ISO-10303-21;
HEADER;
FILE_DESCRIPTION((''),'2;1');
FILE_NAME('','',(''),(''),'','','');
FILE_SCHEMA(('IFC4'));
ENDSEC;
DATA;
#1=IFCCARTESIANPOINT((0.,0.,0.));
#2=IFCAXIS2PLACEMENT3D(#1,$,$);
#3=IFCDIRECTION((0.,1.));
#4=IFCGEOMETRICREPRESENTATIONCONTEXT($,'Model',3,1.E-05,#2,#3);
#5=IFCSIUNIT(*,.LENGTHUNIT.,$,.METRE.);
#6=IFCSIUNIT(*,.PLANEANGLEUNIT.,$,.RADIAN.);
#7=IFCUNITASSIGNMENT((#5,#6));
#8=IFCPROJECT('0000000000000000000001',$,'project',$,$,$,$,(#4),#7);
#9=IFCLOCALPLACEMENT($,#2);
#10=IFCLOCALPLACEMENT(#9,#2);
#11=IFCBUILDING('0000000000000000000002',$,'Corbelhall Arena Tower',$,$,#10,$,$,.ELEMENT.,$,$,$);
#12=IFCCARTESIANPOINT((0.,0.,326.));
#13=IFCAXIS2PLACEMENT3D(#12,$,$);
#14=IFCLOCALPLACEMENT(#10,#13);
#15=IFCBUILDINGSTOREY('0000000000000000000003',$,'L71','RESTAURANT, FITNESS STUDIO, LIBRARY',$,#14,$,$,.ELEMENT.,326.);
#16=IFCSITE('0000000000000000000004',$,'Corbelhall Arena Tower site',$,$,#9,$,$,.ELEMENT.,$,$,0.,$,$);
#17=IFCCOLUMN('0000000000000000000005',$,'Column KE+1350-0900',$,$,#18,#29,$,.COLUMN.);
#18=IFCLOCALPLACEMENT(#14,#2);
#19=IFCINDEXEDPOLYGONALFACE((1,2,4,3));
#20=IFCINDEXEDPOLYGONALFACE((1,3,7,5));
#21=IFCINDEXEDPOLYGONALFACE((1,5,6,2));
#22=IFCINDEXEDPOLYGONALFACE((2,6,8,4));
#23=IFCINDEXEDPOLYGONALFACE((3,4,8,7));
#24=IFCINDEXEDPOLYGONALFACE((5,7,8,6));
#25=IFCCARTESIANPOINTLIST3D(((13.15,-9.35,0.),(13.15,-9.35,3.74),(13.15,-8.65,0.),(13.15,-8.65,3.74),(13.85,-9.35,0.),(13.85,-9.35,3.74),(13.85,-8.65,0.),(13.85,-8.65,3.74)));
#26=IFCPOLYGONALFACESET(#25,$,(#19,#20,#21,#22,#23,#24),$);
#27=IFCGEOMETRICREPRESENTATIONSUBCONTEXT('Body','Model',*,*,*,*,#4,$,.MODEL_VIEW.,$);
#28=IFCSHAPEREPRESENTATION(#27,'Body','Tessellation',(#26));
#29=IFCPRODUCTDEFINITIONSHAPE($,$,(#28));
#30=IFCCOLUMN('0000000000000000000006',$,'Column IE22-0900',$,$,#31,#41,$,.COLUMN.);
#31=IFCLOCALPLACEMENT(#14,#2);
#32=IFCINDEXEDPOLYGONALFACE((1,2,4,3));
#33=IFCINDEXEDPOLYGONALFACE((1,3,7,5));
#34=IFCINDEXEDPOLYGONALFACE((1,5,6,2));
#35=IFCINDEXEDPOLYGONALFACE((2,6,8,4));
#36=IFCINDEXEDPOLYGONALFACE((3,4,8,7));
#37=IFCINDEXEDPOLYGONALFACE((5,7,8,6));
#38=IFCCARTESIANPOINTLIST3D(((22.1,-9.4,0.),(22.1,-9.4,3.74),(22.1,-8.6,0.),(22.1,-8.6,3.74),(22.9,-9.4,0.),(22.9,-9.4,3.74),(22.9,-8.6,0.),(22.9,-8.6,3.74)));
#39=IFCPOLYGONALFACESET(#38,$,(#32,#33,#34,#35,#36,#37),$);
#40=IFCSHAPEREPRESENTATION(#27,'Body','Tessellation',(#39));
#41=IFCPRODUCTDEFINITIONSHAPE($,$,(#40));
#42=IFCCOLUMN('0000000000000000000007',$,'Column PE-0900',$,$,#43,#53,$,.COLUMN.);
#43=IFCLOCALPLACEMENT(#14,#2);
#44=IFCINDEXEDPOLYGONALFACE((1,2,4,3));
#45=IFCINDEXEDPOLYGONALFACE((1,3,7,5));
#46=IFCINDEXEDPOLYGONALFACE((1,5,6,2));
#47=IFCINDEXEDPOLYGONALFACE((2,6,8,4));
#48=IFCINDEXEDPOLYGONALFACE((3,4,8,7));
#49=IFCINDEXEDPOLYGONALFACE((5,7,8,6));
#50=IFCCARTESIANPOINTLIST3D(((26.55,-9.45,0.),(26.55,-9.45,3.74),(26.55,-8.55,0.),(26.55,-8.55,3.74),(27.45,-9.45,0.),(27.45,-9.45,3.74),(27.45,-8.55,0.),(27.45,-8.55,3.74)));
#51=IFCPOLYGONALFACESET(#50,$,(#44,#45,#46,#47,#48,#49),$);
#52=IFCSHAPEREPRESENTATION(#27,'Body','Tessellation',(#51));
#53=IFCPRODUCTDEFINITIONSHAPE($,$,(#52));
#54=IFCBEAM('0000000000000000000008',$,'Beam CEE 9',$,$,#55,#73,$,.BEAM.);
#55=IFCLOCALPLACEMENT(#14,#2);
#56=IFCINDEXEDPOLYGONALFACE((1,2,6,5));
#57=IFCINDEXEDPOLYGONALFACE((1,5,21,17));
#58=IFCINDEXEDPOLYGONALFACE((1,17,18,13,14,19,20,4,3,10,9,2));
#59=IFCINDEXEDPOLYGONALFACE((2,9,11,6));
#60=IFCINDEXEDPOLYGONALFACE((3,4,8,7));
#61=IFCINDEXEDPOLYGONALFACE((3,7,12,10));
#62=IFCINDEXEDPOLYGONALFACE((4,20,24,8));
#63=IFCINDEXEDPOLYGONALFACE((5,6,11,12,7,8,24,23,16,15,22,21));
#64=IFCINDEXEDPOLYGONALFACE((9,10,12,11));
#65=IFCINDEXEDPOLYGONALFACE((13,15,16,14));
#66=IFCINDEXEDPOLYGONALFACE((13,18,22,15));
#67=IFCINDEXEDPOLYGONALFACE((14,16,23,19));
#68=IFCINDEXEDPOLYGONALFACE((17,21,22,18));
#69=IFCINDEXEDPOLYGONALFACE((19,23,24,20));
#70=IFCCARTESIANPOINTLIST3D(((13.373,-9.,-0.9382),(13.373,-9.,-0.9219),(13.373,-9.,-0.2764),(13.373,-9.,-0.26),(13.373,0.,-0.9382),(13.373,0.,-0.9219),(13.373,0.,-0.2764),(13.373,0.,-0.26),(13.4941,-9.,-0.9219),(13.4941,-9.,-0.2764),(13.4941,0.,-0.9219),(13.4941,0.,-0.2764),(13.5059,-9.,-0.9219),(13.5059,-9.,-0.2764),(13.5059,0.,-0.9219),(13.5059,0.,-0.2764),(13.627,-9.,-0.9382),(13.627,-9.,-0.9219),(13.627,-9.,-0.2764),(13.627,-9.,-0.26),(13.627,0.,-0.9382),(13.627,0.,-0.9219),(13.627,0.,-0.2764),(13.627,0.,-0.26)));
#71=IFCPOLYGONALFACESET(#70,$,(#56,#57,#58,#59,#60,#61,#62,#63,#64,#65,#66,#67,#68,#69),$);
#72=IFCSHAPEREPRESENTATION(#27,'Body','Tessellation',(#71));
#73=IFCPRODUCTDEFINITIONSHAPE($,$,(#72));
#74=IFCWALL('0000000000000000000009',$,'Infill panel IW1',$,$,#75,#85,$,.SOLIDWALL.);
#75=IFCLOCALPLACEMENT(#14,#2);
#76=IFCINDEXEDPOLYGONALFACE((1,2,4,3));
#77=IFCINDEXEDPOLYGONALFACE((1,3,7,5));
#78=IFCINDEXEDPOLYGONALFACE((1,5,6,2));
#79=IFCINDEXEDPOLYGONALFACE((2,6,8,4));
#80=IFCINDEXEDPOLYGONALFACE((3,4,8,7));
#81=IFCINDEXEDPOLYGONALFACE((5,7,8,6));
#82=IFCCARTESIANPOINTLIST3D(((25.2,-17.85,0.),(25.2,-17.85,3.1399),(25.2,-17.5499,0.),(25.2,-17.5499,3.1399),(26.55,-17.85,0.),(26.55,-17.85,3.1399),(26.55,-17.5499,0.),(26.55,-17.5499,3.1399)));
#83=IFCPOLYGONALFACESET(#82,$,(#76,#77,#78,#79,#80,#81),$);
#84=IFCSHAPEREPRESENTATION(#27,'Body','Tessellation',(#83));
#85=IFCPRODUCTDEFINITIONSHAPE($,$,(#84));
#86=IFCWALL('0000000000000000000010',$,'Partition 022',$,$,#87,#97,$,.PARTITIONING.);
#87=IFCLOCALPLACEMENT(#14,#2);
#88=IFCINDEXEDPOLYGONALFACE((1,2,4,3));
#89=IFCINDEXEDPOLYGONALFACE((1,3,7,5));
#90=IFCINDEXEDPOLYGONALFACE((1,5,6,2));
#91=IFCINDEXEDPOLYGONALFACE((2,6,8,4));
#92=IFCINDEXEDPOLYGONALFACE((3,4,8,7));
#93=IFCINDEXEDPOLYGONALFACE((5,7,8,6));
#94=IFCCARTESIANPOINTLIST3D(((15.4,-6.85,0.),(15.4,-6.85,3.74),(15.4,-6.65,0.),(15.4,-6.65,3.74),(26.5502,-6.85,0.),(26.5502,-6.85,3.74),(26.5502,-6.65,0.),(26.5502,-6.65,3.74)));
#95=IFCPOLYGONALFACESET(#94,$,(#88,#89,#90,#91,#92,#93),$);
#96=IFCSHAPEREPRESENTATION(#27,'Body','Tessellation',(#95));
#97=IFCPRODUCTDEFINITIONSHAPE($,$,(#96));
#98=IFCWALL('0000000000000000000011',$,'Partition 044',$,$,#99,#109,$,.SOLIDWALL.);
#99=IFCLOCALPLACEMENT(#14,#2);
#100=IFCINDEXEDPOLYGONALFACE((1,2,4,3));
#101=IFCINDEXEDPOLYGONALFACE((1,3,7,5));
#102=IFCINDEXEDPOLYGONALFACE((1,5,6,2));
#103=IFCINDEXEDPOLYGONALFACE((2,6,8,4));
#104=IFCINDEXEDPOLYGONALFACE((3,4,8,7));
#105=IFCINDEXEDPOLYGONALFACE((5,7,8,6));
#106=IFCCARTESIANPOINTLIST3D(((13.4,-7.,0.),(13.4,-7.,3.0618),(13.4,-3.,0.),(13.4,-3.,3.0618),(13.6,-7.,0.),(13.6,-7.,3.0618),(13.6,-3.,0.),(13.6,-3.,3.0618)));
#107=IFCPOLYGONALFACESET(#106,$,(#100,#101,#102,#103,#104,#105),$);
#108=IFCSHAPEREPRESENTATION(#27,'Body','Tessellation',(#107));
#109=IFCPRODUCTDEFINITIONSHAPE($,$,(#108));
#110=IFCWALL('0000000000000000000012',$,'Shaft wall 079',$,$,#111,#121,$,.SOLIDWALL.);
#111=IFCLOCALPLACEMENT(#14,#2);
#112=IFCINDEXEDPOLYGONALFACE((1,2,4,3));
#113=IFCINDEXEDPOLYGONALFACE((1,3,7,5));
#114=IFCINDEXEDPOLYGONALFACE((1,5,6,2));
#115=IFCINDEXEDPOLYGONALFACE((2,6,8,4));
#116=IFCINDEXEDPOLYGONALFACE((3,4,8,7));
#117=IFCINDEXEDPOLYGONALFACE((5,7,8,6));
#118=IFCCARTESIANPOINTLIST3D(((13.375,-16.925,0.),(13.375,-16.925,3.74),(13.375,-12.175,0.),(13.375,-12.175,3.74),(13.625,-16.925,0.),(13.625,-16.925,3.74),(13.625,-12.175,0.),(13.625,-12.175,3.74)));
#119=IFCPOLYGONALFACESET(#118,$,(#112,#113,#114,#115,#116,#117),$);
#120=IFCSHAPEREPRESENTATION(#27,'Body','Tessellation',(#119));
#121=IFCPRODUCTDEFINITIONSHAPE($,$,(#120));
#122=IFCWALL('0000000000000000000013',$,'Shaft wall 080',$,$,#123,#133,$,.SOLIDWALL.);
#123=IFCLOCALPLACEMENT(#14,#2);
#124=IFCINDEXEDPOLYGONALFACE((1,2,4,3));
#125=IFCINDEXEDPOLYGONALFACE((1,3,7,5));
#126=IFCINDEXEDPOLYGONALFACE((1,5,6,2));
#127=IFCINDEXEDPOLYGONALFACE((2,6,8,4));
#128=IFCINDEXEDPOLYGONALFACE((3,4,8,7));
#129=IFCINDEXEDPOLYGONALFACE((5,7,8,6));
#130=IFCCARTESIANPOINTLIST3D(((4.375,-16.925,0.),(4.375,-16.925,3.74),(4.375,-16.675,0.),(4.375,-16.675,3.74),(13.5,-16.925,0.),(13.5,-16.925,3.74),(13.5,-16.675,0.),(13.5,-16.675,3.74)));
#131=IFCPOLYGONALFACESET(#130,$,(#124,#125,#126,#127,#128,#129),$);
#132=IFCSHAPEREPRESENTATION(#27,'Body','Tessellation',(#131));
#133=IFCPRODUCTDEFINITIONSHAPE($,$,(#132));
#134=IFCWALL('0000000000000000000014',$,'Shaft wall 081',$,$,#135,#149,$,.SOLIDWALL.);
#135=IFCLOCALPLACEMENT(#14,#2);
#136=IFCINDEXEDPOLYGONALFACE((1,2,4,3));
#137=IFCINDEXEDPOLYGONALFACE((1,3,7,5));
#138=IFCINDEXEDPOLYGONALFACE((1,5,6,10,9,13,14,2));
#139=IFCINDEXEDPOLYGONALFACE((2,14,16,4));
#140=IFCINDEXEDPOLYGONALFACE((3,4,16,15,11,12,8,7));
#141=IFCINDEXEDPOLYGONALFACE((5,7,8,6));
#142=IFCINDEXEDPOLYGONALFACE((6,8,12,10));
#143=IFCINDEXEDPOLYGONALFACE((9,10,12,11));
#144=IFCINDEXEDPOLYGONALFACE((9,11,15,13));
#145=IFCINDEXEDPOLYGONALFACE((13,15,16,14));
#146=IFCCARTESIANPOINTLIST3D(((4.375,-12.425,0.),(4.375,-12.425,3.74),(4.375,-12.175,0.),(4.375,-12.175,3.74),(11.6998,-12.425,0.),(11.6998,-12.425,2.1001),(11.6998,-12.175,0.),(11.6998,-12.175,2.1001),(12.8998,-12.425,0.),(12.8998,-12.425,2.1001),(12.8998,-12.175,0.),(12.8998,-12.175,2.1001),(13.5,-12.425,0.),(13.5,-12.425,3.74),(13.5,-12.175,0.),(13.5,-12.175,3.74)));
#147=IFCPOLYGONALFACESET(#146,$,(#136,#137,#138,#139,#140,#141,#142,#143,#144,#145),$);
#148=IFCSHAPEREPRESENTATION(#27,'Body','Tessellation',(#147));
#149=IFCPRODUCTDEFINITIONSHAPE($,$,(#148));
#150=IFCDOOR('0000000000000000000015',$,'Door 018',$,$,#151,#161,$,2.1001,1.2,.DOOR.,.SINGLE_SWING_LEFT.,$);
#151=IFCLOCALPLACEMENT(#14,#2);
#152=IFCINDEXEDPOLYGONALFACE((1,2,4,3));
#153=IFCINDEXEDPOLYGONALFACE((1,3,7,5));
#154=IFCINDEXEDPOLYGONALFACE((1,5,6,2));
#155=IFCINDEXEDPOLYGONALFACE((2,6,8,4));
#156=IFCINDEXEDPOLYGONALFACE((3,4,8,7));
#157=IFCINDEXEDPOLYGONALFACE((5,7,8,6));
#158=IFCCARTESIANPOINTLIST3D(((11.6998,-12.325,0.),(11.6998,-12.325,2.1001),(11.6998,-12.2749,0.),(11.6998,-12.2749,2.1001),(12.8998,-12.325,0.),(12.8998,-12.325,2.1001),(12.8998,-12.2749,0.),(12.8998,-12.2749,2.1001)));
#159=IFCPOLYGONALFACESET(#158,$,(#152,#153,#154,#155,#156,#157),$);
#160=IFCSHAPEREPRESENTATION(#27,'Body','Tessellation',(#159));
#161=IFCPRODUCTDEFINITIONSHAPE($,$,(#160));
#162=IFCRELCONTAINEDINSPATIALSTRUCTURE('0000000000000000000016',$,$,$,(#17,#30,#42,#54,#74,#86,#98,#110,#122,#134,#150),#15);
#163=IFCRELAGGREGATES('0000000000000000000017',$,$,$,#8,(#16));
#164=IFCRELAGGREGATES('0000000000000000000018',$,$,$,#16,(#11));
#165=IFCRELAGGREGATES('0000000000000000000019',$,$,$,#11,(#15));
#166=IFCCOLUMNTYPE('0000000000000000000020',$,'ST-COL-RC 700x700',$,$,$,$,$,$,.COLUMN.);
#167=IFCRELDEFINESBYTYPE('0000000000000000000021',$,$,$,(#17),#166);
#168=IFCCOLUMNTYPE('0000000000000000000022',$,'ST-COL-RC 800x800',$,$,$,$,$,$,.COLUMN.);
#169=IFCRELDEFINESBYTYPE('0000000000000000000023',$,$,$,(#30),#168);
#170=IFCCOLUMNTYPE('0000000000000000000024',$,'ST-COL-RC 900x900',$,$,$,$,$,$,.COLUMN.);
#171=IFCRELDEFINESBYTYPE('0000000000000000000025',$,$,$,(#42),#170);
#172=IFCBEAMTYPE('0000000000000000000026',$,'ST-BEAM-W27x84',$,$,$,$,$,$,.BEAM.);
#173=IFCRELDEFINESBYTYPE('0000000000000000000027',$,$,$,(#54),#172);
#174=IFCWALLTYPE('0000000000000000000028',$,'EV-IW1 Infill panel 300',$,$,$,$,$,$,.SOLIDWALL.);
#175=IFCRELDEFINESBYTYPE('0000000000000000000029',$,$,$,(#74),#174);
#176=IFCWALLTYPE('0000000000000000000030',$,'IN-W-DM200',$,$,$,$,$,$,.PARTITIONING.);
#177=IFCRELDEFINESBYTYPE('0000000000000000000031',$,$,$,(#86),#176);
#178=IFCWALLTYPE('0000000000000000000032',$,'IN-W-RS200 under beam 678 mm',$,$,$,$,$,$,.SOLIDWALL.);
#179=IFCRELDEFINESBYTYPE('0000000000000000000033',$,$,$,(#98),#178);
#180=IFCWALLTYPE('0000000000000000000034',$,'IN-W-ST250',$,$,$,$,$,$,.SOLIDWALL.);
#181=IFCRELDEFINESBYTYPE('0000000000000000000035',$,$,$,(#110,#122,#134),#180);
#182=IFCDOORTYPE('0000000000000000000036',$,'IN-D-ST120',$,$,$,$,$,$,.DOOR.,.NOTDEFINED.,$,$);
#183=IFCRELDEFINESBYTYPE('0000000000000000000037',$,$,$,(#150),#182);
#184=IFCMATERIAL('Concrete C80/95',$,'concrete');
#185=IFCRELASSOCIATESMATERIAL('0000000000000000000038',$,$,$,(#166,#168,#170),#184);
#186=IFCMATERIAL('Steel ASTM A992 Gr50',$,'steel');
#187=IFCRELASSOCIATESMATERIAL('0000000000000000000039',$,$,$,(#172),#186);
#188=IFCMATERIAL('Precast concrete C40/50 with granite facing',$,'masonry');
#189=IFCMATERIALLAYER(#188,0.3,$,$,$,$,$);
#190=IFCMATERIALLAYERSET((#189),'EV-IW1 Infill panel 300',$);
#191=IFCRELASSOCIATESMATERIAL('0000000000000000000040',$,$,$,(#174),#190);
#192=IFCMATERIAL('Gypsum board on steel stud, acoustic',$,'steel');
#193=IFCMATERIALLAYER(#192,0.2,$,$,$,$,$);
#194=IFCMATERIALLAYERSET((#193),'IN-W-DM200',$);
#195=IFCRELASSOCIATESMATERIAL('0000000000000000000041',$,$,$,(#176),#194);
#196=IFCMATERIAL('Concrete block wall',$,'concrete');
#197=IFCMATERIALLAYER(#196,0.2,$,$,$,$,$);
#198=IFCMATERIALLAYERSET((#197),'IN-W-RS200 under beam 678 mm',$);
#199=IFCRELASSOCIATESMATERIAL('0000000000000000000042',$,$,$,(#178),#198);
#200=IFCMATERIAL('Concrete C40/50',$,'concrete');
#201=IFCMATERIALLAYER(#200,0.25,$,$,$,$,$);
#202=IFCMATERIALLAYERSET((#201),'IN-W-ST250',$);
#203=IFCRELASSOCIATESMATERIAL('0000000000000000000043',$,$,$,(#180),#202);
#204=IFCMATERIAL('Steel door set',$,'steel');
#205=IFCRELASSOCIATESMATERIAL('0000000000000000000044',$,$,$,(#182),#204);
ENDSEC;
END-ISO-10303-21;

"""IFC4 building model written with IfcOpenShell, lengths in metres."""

from ifc_helpers import new_model, si_unit, direction, frame, frame_2d, origin, origin_2d, place, context, subcontext, project, spatial, rectangle, i_section, extrude, material, layer, layer_set, material_profile, profile_set, type_object, element, fill, save


model = new_model("IFC4")

# Units and contexts
model_context = context("Model", 3, precision=1e-05, world=origin(), true_north=direction((0.0, 1.0)))
body_context = subcontext(model_context, "Body", "Model", "MODEL_VIEW")
ifc_project = project(units=[si_unit("LENGTHUNIT", "METRE"), si_unit("PLANEANGLEUNIT", "RADIAN")], contexts=[model_context])

# Site, building, storey
site_placement = place(None, origin())
site = spatial("IfcSite", under=ifc_project, at=site_placement, Name="Corbelhall Arena Tower site", CompositionType="ELEMENT", RefElevation=0.0)
building_placement = place(site_placement, origin())
building = spatial("IfcBuilding", under=site, at=building_placement, Name="Corbelhall Arena Tower", CompositionType="ELEMENT")
storey_placement = place(building_placement, frame((0.0, 0.0, 326.0)))
storey = spatial("IfcBuildingStorey", under=building, at=storey_placement, Name="L71", Description="RESTAURANT, FITNESS STUDIO, LIBRARY", CompositionType="ELEMENT", Elevation=326.0)

# Columns
ifc_material_1 = material(Name="Concrete C80/95", Category="concrete")
ifc_material_profile_1 = material_profile(ifc_material_1, rectangle(XDim=0.7, YDim=0.7, at=origin_2d()))
ifc_profile_set_1 = profile_set([ifc_material_profile_1], Name="Concrete C80/95")
column_type_1 = type_object("IfcColumnType", Name="ST-COL-RC 700x700", PredefinedType="COLUMN", material=ifc_profile_set_1)
column_1_placement = place(storey_placement, frame((13.5, -9.0, 0.0), z_axis=(0.0, 0.0, 1.0), x_axis=(1.0, 0.0, 0.0)))
element("IfcColumn", 1, at=column_1_placement, inside=storey, type_object=column_type_1, Name="Column KE+1350-0900", PredefinedType="COLUMN", context=body_context, shape_type="SweptSolid", body=[
    extrude(rectangle(XDim=0.7, YDim=0.7, at=origin_2d()), origin(), (0.0, 0.0, 1.0), 3.74),
])
ifc_material_profile_2 = material_profile(ifc_material_1, rectangle(XDim=0.8, YDim=0.8, at=origin_2d()))
ifc_profile_set_2 = profile_set([ifc_material_profile_2], Name="Concrete C80/95")
column_type_2 = type_object("IfcColumnType", Name="ST-COL-RC 800x800", PredefinedType="COLUMN", material=ifc_profile_set_2)
column_2_placement = place(storey_placement, frame((22.5, -9.0, 0.0), z_axis=(0.0, 0.0, 1.0), x_axis=(1.0, 0.0, 0.0)))
element("IfcColumn", 2, at=column_2_placement, inside=storey, type_object=column_type_2, Name="Column IE22-0900", PredefinedType="COLUMN", context=body_context, shape_type="SweptSolid", body=[
    extrude(rectangle(XDim=0.8, YDim=0.8, at=origin_2d()), origin(), (0.0, 0.0, 1.0), 3.74),
])
ifc_material_profile_3 = material_profile(ifc_material_1, rectangle(XDim=0.8999, YDim=0.8999, at=origin_2d()))
ifc_profile_set_3 = profile_set([ifc_material_profile_3], Name="Concrete C80/95")
column_type_3 = type_object("IfcColumnType", Name="ST-COL-RC 900x900", PredefinedType="COLUMN", material=ifc_profile_set_3)
column_3_placement = place(storey_placement, frame((27.0, -9.0, 0.0), z_axis=(0.0, 0.0, 1.0), x_axis=(0.0, 1.0, 0.0)))
element("IfcColumn", 3, at=column_3_placement, inside=storey, type_object=column_type_3, Name="Column PE-0900", PredefinedType="COLUMN", context=body_context, shape_type="SweptSolid", body=[
    extrude(rectangle(XDim=0.8999, YDim=0.8999, at=origin_2d()), origin(), (0.0, 0.0, 1.0), 3.74),
])

# Beam
ifc_material_2 = material(Name="Steel ASTM A992 Gr50", Category="steel")
ifc_material_profile_4 = material_profile(ifc_material_2, i_section(OverallWidth=0.2539, OverallDepth=0.6782, WebThickness=0.0117, FlangeThickness=0.0164, at=origin_2d()))
ifc_profile_set_4 = profile_set([ifc_material_profile_4], Name="Steel ASTM A992 Gr50")
beam_type = type_object("IfcBeamType", Name="ST-BEAM-W27x84", PredefinedType="BEAM", material=ifc_profile_set_4)
beam_placement = place(storey_placement, frame((13.5, -9.0, -0.5991), z_axis=(0.0, 1.0, 0.0), x_axis=(-1.0, 0.0, 0.0)))
element("IfcBeam", 4, at=beam_placement, inside=storey, type_object=beam_type, Name="Beam CEE 9", PredefinedType="BEAM", context=body_context, shape_type="SweptSolid", body=[
    extrude(i_section(OverallWidth=0.2539, OverallDepth=0.6782, WebThickness=0.0117, FlangeThickness=0.0164, at=origin_2d()), origin(), (0.0, 0.0, 1.0), 9.0),
])

# Wall
ifc_material_3 = material(Name="Precast concrete C40/50 with granite facing", Category="masonry")
ifc_layer_1 = layer(ifc_material_3, 0.3)
ifc_layer_set_1 = layer_set([ifc_layer_1], Name="EV-IW1 Infill panel 300")
wall_type_1 = type_object("IfcWallType", Name="EV-IW1 Infill panel 300", PredefinedType="SOLIDWALL", material=ifc_layer_set_1)
wall_1_placement = place(storey_placement, frame((25.2, -17.7, 0.0), z_axis=(0.0, 0.0, 1.0), x_axis=(1.0, 0.0, 0.0)))
element("IfcWall", 5, at=wall_1_placement, inside=storey, type_object=wall_type_1, Name="Infill panel IW1", PredefinedType="SOLIDWALL", context=body_context, shape_type="SweptSolid", body=[
    extrude(rectangle(XDim=1.3501, YDim=0.3, at=frame_2d((0.675, 0.0))), origin(), (0.0, 0.0, 1.0), 3.1399),
])

# Wall
ifc_material_4 = material(Name="Gypsum board on steel stud, acoustic", Category="steel")
ifc_layer_2 = layer(ifc_material_4, 0.2)
ifc_layer_set_2 = layer_set([ifc_layer_2], Name="IN-W-DM200")
wall_type_2 = type_object("IfcWallType", Name="IN-W-DM200", PredefinedType="PARTITIONING", material=ifc_layer_set_2)
wall_2_placement = place(storey_placement, frame((15.3999, -6.75, 0.0), z_axis=(0.0, 0.0, 1.0), x_axis=(1.0, 0.0, 0.0)))
element("IfcWall", 6, at=wall_2_placement, inside=storey, type_object=wall_type_2, Name="Partition 022", PredefinedType="PARTITIONING", context=body_context, shape_type="SweptSolid", body=[
    extrude(rectangle(XDim=11.1501, YDim=0.2, at=frame_2d((5.5752, 0.0))), origin(), (0.0, 0.0, 1.0), 3.74),
])

# Shared definitions
ifc_material_5 = material(Name="Steel door set", Category="steel")

# Walls
ifc_material_6 = material(Name="Concrete block wall", Category="concrete")
ifc_layer_3 = layer(ifc_material_6, 0.2)
ifc_layer_set_3 = layer_set([ifc_layer_3], Name="IN-W-RS200 under beam 678 mm")
wall_type_3 = type_object("IfcWallType", Name="IN-W-RS200 under beam 678 mm", PredefinedType="SOLIDWALL", material=ifc_layer_set_3)
wall_3_placement = place(storey_placement, frame((13.5, -3.0, 0.0), z_axis=(0.0, 0.0, 1.0), x_axis=(0.0, -1.0, 0.0)))
element("IfcWall", 7, at=wall_3_placement, inside=storey, type_object=wall_type_3, Name="Partition 044", PredefinedType="SOLIDWALL", context=body_context, shape_type="SweptSolid", body=[
    extrude(rectangle(XDim=4.0, YDim=0.2, at=frame_2d((2.0, 0.0))), origin(), (0.0, 0.0, 1.0), 3.0618),
])
ifc_material_7 = material(Name="Concrete C40/50", Category="concrete")
ifc_layer_4 = layer(ifc_material_7, 0.25)
ifc_layer_set_4 = layer_set([ifc_layer_4], Name="IN-W-ST250")
wall_type_4 = type_object("IfcWallType", Name="IN-W-ST250", PredefinedType="SOLIDWALL", material=ifc_layer_set_4)
wall_4_placement = place(storey_placement, frame((13.5, -16.925, 0.0), z_axis=(0.0, 0.0, 1.0), x_axis=(0.0, 1.0, 0.0)))
element("IfcWall", 8, at=wall_4_placement, inside=storey, type_object=wall_type_4, Name="Shaft wall 079", PredefinedType="SOLIDWALL", context=body_context, shape_type="SweptSolid", body=[
    extrude(rectangle(XDim=4.75, YDim=0.25, at=frame_2d((2.375, 0.0))), origin(), (0.0, 0.0, 1.0), 3.74),
])
wall_5_placement = place(storey_placement, frame((13.5, -16.8, 0.0), z_axis=(0.0, 0.0, 1.0), x_axis=(-1.0, 0.0, 0.0)))
element("IfcWall", 9, at=wall_5_placement, inside=storey, type_object=wall_type_4, Name="Shaft wall 080", PredefinedType="SOLIDWALL", context=body_context, shape_type="SweptSolid", body=[
    extrude(rectangle(XDim=9.125, YDim=0.25, at=frame_2d((4.5625, 0.0))), origin(), (0.0, 0.0, 1.0), 3.74),
])

# Wall, opening, door
wall_6_placement = place(storey_placement, frame((13.5, -12.3, 0.0), z_axis=(0.0, 0.0, 1.0), x_axis=(-1.0, 0.0, 0.0)))
wall_6 = element("IfcWall", 10, at=wall_6_placement, inside=storey, type_object=wall_type_4, Name="Shaft wall 081", PredefinedType="SOLIDWALL", context=body_context, shape_type="SweptSolid", body=[
    extrude(rectangle(XDim=9.125, YDim=0.25, at=frame_2d((4.5625, 0.0))), origin(), (0.0, 0.0, 1.0), 3.74),
])
opening_1_placement = place(wall_6_placement, frame((0.6001, 0.0, 0.0)))
opening_1 = element("IfcOpeningElement", 11, at=opening_1_placement, cuts=wall_6, PredefinedType="OPENING", context=body_context, shape_type="SweptSolid", body=[
    extrude(rectangle(XDim=1.2, YDim=2.1001, at=frame_2d((0.6001, 1.05))), frame((0.0, 0.125, 0.0), z_axis=(0.0, -1.0, 0.0), x_axis=(1.0, 0.0, 0.0)), (0.0, 0.0, 1.0), 0.25),
])
door_type_1 = type_object("IfcDoorType", Name="IN-D-ST120", OperationType="NOTDEFINED", PredefinedType="DOOR", material=ifc_material_5)
door_1_placement = place(opening_1_placement, origin())
door_1 = element("IfcDoor", 12, at=door_1_placement, inside=storey, type_object=door_type_1, Name="Door 018", OperationType="SINGLE_SWING_LEFT", OverallHeight=2.1001, OverallWidth=1.2, PredefinedType="DOOR", context=body_context, shape_type="SweptSolid", body=[
    extrude(rectangle(XDim=1.2, YDim=2.1001, at=frame_2d((0.6001, 1.05))), frame((0.0, 0.0249, 0.0), z_axis=(0.0, -1.0, 0.0), x_axis=(1.0, 0.0, 0.0)), (0.0, 0.0, 1.0), 0.05),
])
fill(opening_1, door_1)

save(model, "model.ifc")
